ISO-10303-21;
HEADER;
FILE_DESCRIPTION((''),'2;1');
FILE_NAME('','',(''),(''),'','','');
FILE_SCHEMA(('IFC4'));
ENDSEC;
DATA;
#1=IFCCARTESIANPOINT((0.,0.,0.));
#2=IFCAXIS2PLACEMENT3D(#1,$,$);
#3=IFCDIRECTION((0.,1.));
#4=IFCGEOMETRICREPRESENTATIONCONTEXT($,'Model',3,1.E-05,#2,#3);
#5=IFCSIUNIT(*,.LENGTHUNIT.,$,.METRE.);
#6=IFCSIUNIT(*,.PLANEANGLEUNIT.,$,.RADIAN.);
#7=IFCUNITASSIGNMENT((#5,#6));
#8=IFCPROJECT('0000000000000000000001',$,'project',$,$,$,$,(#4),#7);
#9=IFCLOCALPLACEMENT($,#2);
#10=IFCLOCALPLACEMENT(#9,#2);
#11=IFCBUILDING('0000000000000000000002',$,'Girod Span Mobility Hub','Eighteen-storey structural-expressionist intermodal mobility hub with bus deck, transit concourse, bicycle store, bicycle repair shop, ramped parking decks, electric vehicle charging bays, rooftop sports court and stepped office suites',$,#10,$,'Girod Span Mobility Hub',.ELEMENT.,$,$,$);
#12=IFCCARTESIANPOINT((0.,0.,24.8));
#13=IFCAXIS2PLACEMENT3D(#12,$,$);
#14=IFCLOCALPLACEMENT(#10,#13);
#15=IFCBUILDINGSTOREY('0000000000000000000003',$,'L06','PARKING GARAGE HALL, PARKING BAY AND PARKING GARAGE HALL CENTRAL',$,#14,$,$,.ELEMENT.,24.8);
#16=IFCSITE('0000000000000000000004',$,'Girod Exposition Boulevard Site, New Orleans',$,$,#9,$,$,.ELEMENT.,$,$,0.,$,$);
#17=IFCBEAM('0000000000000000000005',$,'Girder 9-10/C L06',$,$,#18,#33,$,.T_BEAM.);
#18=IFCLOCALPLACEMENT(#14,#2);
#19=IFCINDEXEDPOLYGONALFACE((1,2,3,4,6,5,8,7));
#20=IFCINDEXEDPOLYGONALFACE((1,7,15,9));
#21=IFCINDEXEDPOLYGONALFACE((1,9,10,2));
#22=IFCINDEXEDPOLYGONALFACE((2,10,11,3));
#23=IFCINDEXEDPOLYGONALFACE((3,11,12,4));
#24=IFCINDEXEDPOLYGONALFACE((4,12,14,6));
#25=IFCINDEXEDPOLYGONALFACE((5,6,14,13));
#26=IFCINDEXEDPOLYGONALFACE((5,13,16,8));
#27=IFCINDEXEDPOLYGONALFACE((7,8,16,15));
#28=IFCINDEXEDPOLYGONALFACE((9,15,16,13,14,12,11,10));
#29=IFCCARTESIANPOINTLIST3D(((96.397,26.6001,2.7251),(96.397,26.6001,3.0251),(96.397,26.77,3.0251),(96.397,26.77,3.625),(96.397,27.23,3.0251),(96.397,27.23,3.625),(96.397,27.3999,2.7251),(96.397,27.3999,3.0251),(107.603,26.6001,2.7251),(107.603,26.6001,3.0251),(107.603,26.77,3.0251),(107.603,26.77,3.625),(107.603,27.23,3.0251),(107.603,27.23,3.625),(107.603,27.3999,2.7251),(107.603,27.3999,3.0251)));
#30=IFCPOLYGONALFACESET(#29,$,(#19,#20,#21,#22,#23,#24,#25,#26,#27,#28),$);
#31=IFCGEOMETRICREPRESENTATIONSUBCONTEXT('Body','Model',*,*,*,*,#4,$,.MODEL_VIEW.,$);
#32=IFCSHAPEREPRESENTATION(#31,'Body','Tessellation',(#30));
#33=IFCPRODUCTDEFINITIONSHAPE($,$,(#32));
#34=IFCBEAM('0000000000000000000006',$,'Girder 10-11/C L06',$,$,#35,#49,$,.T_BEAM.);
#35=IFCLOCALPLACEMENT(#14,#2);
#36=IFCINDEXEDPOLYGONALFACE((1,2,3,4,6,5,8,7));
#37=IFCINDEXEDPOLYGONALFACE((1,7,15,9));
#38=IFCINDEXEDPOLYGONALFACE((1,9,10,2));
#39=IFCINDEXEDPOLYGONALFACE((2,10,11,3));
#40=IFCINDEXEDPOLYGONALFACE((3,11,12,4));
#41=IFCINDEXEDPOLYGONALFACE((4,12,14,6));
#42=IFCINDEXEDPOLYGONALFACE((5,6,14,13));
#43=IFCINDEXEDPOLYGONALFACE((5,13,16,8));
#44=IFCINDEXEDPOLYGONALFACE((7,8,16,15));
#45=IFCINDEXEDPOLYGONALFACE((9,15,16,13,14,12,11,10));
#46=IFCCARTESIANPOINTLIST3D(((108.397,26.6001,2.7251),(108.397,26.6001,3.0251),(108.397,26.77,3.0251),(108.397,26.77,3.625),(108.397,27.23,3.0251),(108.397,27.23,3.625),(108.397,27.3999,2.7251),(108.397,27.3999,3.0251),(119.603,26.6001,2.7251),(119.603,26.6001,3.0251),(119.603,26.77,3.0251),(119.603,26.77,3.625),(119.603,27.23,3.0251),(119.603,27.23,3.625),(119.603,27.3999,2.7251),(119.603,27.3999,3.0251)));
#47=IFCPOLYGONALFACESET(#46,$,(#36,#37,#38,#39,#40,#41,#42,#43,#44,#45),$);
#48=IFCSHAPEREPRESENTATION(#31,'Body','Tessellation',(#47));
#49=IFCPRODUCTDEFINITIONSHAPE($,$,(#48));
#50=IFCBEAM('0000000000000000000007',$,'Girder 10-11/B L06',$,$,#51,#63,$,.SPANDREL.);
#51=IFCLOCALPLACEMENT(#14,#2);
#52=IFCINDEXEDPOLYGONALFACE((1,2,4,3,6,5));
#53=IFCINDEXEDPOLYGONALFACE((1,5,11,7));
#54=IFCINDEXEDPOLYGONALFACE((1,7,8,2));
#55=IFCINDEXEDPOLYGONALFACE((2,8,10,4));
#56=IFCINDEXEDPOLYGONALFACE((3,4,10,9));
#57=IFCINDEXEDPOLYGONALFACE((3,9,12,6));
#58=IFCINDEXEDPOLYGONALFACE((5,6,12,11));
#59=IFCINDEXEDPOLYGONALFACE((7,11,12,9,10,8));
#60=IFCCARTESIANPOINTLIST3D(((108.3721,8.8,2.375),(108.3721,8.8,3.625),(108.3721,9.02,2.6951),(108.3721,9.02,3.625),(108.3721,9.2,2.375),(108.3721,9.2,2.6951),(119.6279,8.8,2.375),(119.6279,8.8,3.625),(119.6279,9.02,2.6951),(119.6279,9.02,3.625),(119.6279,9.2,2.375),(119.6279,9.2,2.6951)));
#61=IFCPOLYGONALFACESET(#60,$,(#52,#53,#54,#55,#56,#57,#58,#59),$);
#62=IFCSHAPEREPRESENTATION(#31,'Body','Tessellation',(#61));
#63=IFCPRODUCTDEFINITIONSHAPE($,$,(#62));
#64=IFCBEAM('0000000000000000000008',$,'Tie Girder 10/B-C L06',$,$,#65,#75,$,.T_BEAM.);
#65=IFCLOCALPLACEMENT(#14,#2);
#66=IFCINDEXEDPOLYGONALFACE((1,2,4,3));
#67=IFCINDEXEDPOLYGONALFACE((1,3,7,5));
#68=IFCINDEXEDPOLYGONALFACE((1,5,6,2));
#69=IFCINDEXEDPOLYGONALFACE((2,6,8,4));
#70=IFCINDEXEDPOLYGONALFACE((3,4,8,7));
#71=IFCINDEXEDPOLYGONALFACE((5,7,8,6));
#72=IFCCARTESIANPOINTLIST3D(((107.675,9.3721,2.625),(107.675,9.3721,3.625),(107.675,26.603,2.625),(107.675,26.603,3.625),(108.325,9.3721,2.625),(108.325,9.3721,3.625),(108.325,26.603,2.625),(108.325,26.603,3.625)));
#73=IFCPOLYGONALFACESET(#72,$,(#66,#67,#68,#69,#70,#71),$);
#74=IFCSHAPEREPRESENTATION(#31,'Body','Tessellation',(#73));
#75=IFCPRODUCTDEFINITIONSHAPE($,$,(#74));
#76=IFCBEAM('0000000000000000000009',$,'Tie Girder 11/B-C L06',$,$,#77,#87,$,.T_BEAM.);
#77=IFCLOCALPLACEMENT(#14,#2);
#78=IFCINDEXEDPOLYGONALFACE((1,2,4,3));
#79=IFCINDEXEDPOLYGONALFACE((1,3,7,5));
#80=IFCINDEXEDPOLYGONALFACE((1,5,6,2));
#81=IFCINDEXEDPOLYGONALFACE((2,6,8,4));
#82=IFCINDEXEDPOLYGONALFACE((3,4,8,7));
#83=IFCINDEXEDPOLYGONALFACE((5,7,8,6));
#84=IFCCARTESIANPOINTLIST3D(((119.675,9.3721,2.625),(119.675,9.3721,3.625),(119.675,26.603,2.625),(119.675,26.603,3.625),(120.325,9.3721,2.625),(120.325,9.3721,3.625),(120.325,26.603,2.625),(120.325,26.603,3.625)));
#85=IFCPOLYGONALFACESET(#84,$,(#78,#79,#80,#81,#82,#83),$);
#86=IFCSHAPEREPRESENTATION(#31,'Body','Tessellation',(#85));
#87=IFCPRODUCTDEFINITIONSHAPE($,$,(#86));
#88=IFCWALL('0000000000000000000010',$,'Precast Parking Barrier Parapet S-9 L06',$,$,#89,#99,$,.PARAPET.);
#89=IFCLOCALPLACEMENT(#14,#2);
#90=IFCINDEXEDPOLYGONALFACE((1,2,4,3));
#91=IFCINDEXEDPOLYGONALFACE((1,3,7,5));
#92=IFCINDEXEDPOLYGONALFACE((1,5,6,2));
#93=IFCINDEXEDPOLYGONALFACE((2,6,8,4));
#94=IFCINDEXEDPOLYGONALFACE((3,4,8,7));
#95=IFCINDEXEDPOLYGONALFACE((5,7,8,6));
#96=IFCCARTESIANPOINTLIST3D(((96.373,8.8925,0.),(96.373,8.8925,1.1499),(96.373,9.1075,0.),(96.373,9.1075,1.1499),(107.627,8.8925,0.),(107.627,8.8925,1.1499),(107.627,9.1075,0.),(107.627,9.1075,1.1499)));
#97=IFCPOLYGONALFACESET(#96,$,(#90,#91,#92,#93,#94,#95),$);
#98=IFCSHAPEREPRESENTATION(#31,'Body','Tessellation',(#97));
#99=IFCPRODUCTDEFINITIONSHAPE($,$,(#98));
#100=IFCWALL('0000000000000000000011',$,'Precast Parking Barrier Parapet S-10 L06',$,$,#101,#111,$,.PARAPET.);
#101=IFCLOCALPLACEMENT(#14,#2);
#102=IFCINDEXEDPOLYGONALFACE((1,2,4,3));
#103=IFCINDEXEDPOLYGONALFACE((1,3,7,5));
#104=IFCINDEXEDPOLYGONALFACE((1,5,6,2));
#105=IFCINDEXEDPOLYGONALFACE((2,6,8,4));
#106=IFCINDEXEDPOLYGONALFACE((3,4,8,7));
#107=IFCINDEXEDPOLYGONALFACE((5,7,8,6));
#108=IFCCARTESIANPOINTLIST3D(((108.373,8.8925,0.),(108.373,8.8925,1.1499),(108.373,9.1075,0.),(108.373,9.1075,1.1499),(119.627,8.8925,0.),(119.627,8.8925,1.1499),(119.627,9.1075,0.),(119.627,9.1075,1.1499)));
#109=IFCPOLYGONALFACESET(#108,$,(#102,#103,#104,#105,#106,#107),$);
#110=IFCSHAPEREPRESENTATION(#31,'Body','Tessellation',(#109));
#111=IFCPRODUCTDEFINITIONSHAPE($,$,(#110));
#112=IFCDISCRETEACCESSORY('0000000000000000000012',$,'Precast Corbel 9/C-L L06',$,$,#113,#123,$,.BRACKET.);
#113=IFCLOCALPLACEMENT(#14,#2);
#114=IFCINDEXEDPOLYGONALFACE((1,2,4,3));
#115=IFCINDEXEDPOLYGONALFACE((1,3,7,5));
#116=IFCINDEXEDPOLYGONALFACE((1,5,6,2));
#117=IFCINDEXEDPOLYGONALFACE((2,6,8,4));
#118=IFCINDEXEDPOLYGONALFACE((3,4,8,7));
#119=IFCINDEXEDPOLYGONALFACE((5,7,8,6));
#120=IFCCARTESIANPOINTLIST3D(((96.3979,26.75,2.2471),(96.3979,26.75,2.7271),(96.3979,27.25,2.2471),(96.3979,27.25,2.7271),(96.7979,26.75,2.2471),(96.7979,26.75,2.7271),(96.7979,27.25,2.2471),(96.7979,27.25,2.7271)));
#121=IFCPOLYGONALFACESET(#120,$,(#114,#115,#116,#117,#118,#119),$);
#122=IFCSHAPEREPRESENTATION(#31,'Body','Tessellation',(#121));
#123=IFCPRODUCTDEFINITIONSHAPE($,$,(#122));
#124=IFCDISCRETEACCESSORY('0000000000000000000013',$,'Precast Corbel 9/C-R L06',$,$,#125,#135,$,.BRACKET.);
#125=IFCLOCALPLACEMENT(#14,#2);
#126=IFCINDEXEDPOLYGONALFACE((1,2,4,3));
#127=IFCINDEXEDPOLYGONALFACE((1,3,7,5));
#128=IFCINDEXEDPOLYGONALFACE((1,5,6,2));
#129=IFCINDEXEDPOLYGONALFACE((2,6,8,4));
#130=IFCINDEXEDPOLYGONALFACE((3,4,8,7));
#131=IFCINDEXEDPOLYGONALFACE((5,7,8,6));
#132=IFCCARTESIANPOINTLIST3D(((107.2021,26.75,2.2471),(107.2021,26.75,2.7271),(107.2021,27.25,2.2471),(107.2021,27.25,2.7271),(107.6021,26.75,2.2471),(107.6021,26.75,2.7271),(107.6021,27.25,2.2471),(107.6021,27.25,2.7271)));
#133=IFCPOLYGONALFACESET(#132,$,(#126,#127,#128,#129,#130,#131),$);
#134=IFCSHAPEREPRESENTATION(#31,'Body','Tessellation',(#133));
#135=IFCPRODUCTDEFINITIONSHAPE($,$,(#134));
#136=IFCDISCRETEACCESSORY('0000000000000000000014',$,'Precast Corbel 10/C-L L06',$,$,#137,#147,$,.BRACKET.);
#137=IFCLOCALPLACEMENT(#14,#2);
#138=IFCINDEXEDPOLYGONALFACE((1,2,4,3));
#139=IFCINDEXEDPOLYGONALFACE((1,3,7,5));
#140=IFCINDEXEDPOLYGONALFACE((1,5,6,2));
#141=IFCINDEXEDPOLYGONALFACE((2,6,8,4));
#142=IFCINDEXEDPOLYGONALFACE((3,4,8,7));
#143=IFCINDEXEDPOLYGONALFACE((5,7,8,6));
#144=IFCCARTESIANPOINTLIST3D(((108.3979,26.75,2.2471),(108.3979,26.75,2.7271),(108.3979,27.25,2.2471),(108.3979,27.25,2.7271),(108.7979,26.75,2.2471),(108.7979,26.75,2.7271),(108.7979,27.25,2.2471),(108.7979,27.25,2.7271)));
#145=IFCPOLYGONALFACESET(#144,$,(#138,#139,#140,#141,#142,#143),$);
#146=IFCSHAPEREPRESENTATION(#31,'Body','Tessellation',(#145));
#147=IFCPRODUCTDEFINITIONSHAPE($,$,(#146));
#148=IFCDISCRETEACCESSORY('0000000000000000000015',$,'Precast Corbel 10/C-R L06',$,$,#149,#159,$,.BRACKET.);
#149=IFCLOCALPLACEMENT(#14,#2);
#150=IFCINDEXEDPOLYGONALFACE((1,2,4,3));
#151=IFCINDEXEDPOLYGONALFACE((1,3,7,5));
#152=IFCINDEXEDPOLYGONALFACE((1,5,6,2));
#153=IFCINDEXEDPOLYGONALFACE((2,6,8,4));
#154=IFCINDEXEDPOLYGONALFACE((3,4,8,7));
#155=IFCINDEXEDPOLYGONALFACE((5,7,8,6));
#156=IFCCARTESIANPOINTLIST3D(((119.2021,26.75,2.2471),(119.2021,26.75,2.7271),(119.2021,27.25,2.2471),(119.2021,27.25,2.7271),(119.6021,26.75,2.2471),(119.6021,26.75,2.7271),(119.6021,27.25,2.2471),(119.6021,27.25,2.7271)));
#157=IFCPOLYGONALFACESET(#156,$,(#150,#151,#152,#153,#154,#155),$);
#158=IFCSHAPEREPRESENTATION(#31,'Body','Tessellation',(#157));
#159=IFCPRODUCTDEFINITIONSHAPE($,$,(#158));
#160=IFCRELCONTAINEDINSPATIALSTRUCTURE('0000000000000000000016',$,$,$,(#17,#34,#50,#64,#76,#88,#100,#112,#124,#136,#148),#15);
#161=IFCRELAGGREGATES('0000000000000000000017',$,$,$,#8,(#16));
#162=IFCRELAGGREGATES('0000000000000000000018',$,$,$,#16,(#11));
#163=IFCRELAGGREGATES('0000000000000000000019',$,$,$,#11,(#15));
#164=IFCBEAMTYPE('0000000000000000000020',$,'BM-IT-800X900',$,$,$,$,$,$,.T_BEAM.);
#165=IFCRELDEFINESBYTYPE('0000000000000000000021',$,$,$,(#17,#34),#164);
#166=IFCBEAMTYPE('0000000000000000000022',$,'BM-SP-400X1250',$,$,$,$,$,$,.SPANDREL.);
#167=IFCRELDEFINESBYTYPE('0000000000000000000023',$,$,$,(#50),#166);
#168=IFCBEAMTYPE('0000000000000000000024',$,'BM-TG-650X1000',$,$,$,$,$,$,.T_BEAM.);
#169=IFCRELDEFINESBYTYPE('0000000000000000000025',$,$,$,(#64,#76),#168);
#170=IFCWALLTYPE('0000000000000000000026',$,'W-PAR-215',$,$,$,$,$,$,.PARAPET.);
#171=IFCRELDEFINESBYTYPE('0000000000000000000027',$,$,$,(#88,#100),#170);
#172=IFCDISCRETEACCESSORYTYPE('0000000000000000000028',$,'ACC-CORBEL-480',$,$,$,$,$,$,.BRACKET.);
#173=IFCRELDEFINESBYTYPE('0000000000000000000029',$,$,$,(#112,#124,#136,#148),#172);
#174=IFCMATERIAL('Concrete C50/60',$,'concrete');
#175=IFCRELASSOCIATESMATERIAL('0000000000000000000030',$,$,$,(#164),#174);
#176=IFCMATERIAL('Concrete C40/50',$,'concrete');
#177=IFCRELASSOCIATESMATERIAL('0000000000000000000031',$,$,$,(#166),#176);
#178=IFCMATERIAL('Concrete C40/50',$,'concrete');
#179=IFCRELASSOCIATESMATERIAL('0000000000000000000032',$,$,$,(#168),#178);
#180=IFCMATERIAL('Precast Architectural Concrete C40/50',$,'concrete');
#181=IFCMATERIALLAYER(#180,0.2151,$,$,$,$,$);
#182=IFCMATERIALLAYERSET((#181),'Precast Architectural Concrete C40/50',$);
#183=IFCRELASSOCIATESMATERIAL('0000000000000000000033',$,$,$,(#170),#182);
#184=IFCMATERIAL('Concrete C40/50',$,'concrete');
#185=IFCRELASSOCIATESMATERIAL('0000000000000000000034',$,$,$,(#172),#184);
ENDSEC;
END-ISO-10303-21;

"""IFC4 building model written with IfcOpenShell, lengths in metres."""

from ifc_helpers import new_model, si_unit, direction, frame, frame_2d, origin, origin_2d, place, context, subcontext, project, spatial, polyline, rectangle, outline, extrude, material, layer, layer_set, material_profile, profile_set, type_object, element, save


model = new_model("IFC4")

# Units and contexts
model_context = context("Model", 3, precision=1e-05, world=origin(), true_north=direction((0.0, 1.0)))
body_context = subcontext(model_context, "Body", "Model", "MODEL_VIEW")
ifc_project = project(units=[si_unit("LENGTHUNIT", "METRE"), si_unit("PLANEANGLEUNIT", "RADIAN")], contexts=[model_context])

# Site, building, storey
site_placement = place(None, origin())
site = spatial("IfcSite", under=ifc_project, at=site_placement, Name="Girod Exposition Boulevard Site, New Orleans", CompositionType="ELEMENT", RefElevation=0.0)
building_placement = place(site_placement, origin())
building = spatial("IfcBuilding", under=site, at=building_placement, Name="Girod Span Mobility Hub", Description="Eighteen-storey structural-expressionist intermodal mobility hub with bus deck, transit concourse, bicycle store, bicycle repair shop, ramped parking decks, electric vehicle charging bays, rooftop sports court and stepped office suites", LongName="Girod Span Mobility Hub", CompositionType="ELEMENT")
storey_placement = place(building_placement, frame((0.0, 0.0, 24.8)))
storey = spatial("IfcBuildingStorey", under=building, at=storey_placement, Name="L06", Description="PARKING GARAGE HALL, PARKING BAY AND PARKING GARAGE HALL CENTRAL", CompositionType="ELEMENT", Elevation=24.8)

# Beams
ifc_material_1 = material(Name="Concrete C50/60", Category="concrete")
ifc_material_profile_1 = material_profile(ifc_material_1, outline(polyline([(-0.3999, -0.45), (0.3999, -0.45), (0.3999, -0.1499), (0.23, -0.1499), (0.23, 0.45), (-0.23, 0.45), (-0.23, -0.1499), (-0.3999, -0.1499), (-0.3999, -0.45)])), Name="IT-800X900")
ifc_profile_set_1 = profile_set([ifc_material_profile_1], Name="Concrete C50/60")
beam_type_1 = type_object("IfcBeamType", Name="BM-IT-800X900", PredefinedType="T_BEAM", material=ifc_profile_set_1)
for number, where, z_axis, x_axis, name in (
    (1, (96.397, 27.0, 3.175), (1.0, 0.0, 0.0), (0.0, 1.0, 0.0), "Girder 9-10/C L06"),
    (2, (108.397, 27.0, 3.175), (1.0, 0.0, 0.0), (0.0, 1.0, 0.0), "Girder 10-11/C L06"),
):
    element("IfcBeam", number, at=place(storey_placement, frame(where, z_axis=z_axis, x_axis=x_axis)), inside=storey, type_object=beam_type_1, Name=name, PredefinedType="T_BEAM", context=body_context, shape_type="SweptSolid", body=[
        extrude(outline(polyline([(-0.3999, -0.45), (0.3999, -0.45), (0.3999, -0.1499), (0.23, -0.1499), (0.23, 0.45), (-0.23, 0.45), (-0.23, -0.1499), (-0.3999, -0.1499), (-0.3999, -0.45)])), origin(), (0.0, 0.0, 1.0), 11.2061),
    ])
ifc_material_2 = material(Name="Concrete C40/50", Category="concrete")
ifc_material_profile_2 = material_profile(ifc_material_2, outline(polyline([(-0.2, -0.625), (0.2, -0.625), (0.2, -0.3049), (0.02, -0.3049), (0.02, 0.625), (-0.2, 0.625), (-0.2, -0.625)])), Name="SP-400X1250")
ifc_profile_set_2 = profile_set([ifc_material_profile_2], Name="Concrete C40/50")
beam_type_2 = type_object("IfcBeamType", Name="BM-SP-400X1250", PredefinedType="SPANDREL", material=ifc_profile_set_2)
beam_1_placement = place(storey_placement, frame((108.3721, 9.0, 3.0), z_axis=(1.0, 0.0, 0.0), x_axis=(0.0, 1.0, 0.0)))
element("IfcBeam", 3, at=beam_1_placement, inside=storey, type_object=beam_type_2, Name="Girder 10-11/B L06", PredefinedType="SPANDREL", context=body_context, shape_type="SweptSolid", body=[
    extrude(outline(polyline([(-0.2, -0.625), (0.2, -0.625), (0.2, -0.3049), (0.02, -0.3049), (0.02, 0.625), (-0.2, 0.625), (-0.2, -0.625)])), origin(), (0.0, 0.0, 1.0), 11.2559),
])
ifc_material_3 = material(Name="Concrete C40/50", Category="concrete")
ifc_material_profile_3 = material_profile(ifc_material_3, rectangle(XDim=0.6499, YDim=1.0, at=origin_2d()), Name="TG-650X1000")
ifc_profile_set_3 = profile_set([ifc_material_profile_3], Name="Concrete C40/50")
beam_type_3 = type_object("IfcBeamType", Name="BM-TG-650X1000", PredefinedType="T_BEAM", material=ifc_profile_set_3)
for number, where, z_axis, x_axis, name in (
    (4, (108.0, 9.3721, 3.125), (0.0, 1.0, 0.0), (-1.0, 0.0, 0.0), "Tie Girder 10/B-C L06"),
    (5, (120.0, 9.3721, 3.125), (0.0, 1.0, 0.0), (-1.0, 0.0, 0.0), "Tie Girder 11/B-C L06"),
):
    element("IfcBeam", number, at=place(storey_placement, frame(where, z_axis=z_axis, x_axis=x_axis)), inside=storey, type_object=beam_type_3, Name=name, PredefinedType="T_BEAM", context=body_context, shape_type="SweptSolid", body=[
        extrude(rectangle(XDim=0.6499, YDim=1.0, at=origin_2d()), origin(), (0.0, 0.0, 1.0), 17.231),
    ])

# Walls
ifc_material_4 = material(Name="Precast Architectural Concrete C40/50", Category="concrete")
ifc_layer = layer(ifc_material_4, 0.2151)
ifc_layer_set = layer_set([ifc_layer], Name="Precast Architectural Concrete C40/50")
wall_type = type_object("IfcWallType", Name="W-PAR-215", PredefinedType="PARAPET", material=ifc_layer_set)
for number, where, z_axis, x_axis, name in (
    (6, (96.373, 9.0, 0.0), (0.0, 0.0, 1.0), (1.0, 0.0, 0.0), "Precast Parking Barrier Parapet S-9 L06"),
    (7, (108.373, 9.0, 0.0), (0.0, 0.0, 1.0), (1.0, 0.0, 0.0), "Precast Parking Barrier Parapet S-10 L06"),
):
    element("IfcWall", number, at=place(storey_placement, frame(where, z_axis=z_axis, x_axis=x_axis)), inside=storey, type_object=wall_type, Name=name, PredefinedType="PARAPET", context=body_context, shape_type="SweptSolid", body=[
        extrude(rectangle(XDim=11.2539, YDim=0.2151, at=frame_2d((5.627, 0.0))), origin(), (0.0, 0.0, 1.0), 1.1499),
    ])

# Discrete accessories
ifc_material_5 = material(Name="Concrete C40/50", Category="concrete")
discrete_accessory_type = type_object("IfcDiscreteAccessoryType", Name="ACC-CORBEL-480", PredefinedType="BRACKET", material=ifc_material_5)
for number, where, z_axis, x_axis, name in (
    (8, (96.5979, 27.0, 2.2471), (0.0, 0.0, 1.0), (1.0, 0.0, 0.0), "Precast Corbel 9/C-L L06"),
    (9, (107.4021, 27.0, 2.2471), (0.0, 0.0, 1.0), (1.0, 0.0, 0.0), "Precast Corbel 9/C-R L06"),
    (10, (108.5979, 27.0, 2.2471), (0.0, 0.0, 1.0), (1.0, 0.0, 0.0), "Precast Corbel 10/C-L L06"),
    (11, (119.4021, 27.0, 2.2471), (0.0, 0.0, 1.0), (1.0, 0.0, 0.0), "Precast Corbel 10/C-R L06"),
):
    element("IfcDiscreteAccessory", number, at=place(storey_placement, frame(where, z_axis=z_axis, x_axis=x_axis)), inside=storey, type_object=discrete_accessory_type, Name=name, PredefinedType="BRACKET", context=body_context, shape_type="SweptSolid", body=[
        extrude(rectangle(XDim=0.3999, YDim=0.5, at=origin_2d()), origin(), (0.0, 0.0, 1.0), 0.48),
    ])

save(model, "model.ifc")
